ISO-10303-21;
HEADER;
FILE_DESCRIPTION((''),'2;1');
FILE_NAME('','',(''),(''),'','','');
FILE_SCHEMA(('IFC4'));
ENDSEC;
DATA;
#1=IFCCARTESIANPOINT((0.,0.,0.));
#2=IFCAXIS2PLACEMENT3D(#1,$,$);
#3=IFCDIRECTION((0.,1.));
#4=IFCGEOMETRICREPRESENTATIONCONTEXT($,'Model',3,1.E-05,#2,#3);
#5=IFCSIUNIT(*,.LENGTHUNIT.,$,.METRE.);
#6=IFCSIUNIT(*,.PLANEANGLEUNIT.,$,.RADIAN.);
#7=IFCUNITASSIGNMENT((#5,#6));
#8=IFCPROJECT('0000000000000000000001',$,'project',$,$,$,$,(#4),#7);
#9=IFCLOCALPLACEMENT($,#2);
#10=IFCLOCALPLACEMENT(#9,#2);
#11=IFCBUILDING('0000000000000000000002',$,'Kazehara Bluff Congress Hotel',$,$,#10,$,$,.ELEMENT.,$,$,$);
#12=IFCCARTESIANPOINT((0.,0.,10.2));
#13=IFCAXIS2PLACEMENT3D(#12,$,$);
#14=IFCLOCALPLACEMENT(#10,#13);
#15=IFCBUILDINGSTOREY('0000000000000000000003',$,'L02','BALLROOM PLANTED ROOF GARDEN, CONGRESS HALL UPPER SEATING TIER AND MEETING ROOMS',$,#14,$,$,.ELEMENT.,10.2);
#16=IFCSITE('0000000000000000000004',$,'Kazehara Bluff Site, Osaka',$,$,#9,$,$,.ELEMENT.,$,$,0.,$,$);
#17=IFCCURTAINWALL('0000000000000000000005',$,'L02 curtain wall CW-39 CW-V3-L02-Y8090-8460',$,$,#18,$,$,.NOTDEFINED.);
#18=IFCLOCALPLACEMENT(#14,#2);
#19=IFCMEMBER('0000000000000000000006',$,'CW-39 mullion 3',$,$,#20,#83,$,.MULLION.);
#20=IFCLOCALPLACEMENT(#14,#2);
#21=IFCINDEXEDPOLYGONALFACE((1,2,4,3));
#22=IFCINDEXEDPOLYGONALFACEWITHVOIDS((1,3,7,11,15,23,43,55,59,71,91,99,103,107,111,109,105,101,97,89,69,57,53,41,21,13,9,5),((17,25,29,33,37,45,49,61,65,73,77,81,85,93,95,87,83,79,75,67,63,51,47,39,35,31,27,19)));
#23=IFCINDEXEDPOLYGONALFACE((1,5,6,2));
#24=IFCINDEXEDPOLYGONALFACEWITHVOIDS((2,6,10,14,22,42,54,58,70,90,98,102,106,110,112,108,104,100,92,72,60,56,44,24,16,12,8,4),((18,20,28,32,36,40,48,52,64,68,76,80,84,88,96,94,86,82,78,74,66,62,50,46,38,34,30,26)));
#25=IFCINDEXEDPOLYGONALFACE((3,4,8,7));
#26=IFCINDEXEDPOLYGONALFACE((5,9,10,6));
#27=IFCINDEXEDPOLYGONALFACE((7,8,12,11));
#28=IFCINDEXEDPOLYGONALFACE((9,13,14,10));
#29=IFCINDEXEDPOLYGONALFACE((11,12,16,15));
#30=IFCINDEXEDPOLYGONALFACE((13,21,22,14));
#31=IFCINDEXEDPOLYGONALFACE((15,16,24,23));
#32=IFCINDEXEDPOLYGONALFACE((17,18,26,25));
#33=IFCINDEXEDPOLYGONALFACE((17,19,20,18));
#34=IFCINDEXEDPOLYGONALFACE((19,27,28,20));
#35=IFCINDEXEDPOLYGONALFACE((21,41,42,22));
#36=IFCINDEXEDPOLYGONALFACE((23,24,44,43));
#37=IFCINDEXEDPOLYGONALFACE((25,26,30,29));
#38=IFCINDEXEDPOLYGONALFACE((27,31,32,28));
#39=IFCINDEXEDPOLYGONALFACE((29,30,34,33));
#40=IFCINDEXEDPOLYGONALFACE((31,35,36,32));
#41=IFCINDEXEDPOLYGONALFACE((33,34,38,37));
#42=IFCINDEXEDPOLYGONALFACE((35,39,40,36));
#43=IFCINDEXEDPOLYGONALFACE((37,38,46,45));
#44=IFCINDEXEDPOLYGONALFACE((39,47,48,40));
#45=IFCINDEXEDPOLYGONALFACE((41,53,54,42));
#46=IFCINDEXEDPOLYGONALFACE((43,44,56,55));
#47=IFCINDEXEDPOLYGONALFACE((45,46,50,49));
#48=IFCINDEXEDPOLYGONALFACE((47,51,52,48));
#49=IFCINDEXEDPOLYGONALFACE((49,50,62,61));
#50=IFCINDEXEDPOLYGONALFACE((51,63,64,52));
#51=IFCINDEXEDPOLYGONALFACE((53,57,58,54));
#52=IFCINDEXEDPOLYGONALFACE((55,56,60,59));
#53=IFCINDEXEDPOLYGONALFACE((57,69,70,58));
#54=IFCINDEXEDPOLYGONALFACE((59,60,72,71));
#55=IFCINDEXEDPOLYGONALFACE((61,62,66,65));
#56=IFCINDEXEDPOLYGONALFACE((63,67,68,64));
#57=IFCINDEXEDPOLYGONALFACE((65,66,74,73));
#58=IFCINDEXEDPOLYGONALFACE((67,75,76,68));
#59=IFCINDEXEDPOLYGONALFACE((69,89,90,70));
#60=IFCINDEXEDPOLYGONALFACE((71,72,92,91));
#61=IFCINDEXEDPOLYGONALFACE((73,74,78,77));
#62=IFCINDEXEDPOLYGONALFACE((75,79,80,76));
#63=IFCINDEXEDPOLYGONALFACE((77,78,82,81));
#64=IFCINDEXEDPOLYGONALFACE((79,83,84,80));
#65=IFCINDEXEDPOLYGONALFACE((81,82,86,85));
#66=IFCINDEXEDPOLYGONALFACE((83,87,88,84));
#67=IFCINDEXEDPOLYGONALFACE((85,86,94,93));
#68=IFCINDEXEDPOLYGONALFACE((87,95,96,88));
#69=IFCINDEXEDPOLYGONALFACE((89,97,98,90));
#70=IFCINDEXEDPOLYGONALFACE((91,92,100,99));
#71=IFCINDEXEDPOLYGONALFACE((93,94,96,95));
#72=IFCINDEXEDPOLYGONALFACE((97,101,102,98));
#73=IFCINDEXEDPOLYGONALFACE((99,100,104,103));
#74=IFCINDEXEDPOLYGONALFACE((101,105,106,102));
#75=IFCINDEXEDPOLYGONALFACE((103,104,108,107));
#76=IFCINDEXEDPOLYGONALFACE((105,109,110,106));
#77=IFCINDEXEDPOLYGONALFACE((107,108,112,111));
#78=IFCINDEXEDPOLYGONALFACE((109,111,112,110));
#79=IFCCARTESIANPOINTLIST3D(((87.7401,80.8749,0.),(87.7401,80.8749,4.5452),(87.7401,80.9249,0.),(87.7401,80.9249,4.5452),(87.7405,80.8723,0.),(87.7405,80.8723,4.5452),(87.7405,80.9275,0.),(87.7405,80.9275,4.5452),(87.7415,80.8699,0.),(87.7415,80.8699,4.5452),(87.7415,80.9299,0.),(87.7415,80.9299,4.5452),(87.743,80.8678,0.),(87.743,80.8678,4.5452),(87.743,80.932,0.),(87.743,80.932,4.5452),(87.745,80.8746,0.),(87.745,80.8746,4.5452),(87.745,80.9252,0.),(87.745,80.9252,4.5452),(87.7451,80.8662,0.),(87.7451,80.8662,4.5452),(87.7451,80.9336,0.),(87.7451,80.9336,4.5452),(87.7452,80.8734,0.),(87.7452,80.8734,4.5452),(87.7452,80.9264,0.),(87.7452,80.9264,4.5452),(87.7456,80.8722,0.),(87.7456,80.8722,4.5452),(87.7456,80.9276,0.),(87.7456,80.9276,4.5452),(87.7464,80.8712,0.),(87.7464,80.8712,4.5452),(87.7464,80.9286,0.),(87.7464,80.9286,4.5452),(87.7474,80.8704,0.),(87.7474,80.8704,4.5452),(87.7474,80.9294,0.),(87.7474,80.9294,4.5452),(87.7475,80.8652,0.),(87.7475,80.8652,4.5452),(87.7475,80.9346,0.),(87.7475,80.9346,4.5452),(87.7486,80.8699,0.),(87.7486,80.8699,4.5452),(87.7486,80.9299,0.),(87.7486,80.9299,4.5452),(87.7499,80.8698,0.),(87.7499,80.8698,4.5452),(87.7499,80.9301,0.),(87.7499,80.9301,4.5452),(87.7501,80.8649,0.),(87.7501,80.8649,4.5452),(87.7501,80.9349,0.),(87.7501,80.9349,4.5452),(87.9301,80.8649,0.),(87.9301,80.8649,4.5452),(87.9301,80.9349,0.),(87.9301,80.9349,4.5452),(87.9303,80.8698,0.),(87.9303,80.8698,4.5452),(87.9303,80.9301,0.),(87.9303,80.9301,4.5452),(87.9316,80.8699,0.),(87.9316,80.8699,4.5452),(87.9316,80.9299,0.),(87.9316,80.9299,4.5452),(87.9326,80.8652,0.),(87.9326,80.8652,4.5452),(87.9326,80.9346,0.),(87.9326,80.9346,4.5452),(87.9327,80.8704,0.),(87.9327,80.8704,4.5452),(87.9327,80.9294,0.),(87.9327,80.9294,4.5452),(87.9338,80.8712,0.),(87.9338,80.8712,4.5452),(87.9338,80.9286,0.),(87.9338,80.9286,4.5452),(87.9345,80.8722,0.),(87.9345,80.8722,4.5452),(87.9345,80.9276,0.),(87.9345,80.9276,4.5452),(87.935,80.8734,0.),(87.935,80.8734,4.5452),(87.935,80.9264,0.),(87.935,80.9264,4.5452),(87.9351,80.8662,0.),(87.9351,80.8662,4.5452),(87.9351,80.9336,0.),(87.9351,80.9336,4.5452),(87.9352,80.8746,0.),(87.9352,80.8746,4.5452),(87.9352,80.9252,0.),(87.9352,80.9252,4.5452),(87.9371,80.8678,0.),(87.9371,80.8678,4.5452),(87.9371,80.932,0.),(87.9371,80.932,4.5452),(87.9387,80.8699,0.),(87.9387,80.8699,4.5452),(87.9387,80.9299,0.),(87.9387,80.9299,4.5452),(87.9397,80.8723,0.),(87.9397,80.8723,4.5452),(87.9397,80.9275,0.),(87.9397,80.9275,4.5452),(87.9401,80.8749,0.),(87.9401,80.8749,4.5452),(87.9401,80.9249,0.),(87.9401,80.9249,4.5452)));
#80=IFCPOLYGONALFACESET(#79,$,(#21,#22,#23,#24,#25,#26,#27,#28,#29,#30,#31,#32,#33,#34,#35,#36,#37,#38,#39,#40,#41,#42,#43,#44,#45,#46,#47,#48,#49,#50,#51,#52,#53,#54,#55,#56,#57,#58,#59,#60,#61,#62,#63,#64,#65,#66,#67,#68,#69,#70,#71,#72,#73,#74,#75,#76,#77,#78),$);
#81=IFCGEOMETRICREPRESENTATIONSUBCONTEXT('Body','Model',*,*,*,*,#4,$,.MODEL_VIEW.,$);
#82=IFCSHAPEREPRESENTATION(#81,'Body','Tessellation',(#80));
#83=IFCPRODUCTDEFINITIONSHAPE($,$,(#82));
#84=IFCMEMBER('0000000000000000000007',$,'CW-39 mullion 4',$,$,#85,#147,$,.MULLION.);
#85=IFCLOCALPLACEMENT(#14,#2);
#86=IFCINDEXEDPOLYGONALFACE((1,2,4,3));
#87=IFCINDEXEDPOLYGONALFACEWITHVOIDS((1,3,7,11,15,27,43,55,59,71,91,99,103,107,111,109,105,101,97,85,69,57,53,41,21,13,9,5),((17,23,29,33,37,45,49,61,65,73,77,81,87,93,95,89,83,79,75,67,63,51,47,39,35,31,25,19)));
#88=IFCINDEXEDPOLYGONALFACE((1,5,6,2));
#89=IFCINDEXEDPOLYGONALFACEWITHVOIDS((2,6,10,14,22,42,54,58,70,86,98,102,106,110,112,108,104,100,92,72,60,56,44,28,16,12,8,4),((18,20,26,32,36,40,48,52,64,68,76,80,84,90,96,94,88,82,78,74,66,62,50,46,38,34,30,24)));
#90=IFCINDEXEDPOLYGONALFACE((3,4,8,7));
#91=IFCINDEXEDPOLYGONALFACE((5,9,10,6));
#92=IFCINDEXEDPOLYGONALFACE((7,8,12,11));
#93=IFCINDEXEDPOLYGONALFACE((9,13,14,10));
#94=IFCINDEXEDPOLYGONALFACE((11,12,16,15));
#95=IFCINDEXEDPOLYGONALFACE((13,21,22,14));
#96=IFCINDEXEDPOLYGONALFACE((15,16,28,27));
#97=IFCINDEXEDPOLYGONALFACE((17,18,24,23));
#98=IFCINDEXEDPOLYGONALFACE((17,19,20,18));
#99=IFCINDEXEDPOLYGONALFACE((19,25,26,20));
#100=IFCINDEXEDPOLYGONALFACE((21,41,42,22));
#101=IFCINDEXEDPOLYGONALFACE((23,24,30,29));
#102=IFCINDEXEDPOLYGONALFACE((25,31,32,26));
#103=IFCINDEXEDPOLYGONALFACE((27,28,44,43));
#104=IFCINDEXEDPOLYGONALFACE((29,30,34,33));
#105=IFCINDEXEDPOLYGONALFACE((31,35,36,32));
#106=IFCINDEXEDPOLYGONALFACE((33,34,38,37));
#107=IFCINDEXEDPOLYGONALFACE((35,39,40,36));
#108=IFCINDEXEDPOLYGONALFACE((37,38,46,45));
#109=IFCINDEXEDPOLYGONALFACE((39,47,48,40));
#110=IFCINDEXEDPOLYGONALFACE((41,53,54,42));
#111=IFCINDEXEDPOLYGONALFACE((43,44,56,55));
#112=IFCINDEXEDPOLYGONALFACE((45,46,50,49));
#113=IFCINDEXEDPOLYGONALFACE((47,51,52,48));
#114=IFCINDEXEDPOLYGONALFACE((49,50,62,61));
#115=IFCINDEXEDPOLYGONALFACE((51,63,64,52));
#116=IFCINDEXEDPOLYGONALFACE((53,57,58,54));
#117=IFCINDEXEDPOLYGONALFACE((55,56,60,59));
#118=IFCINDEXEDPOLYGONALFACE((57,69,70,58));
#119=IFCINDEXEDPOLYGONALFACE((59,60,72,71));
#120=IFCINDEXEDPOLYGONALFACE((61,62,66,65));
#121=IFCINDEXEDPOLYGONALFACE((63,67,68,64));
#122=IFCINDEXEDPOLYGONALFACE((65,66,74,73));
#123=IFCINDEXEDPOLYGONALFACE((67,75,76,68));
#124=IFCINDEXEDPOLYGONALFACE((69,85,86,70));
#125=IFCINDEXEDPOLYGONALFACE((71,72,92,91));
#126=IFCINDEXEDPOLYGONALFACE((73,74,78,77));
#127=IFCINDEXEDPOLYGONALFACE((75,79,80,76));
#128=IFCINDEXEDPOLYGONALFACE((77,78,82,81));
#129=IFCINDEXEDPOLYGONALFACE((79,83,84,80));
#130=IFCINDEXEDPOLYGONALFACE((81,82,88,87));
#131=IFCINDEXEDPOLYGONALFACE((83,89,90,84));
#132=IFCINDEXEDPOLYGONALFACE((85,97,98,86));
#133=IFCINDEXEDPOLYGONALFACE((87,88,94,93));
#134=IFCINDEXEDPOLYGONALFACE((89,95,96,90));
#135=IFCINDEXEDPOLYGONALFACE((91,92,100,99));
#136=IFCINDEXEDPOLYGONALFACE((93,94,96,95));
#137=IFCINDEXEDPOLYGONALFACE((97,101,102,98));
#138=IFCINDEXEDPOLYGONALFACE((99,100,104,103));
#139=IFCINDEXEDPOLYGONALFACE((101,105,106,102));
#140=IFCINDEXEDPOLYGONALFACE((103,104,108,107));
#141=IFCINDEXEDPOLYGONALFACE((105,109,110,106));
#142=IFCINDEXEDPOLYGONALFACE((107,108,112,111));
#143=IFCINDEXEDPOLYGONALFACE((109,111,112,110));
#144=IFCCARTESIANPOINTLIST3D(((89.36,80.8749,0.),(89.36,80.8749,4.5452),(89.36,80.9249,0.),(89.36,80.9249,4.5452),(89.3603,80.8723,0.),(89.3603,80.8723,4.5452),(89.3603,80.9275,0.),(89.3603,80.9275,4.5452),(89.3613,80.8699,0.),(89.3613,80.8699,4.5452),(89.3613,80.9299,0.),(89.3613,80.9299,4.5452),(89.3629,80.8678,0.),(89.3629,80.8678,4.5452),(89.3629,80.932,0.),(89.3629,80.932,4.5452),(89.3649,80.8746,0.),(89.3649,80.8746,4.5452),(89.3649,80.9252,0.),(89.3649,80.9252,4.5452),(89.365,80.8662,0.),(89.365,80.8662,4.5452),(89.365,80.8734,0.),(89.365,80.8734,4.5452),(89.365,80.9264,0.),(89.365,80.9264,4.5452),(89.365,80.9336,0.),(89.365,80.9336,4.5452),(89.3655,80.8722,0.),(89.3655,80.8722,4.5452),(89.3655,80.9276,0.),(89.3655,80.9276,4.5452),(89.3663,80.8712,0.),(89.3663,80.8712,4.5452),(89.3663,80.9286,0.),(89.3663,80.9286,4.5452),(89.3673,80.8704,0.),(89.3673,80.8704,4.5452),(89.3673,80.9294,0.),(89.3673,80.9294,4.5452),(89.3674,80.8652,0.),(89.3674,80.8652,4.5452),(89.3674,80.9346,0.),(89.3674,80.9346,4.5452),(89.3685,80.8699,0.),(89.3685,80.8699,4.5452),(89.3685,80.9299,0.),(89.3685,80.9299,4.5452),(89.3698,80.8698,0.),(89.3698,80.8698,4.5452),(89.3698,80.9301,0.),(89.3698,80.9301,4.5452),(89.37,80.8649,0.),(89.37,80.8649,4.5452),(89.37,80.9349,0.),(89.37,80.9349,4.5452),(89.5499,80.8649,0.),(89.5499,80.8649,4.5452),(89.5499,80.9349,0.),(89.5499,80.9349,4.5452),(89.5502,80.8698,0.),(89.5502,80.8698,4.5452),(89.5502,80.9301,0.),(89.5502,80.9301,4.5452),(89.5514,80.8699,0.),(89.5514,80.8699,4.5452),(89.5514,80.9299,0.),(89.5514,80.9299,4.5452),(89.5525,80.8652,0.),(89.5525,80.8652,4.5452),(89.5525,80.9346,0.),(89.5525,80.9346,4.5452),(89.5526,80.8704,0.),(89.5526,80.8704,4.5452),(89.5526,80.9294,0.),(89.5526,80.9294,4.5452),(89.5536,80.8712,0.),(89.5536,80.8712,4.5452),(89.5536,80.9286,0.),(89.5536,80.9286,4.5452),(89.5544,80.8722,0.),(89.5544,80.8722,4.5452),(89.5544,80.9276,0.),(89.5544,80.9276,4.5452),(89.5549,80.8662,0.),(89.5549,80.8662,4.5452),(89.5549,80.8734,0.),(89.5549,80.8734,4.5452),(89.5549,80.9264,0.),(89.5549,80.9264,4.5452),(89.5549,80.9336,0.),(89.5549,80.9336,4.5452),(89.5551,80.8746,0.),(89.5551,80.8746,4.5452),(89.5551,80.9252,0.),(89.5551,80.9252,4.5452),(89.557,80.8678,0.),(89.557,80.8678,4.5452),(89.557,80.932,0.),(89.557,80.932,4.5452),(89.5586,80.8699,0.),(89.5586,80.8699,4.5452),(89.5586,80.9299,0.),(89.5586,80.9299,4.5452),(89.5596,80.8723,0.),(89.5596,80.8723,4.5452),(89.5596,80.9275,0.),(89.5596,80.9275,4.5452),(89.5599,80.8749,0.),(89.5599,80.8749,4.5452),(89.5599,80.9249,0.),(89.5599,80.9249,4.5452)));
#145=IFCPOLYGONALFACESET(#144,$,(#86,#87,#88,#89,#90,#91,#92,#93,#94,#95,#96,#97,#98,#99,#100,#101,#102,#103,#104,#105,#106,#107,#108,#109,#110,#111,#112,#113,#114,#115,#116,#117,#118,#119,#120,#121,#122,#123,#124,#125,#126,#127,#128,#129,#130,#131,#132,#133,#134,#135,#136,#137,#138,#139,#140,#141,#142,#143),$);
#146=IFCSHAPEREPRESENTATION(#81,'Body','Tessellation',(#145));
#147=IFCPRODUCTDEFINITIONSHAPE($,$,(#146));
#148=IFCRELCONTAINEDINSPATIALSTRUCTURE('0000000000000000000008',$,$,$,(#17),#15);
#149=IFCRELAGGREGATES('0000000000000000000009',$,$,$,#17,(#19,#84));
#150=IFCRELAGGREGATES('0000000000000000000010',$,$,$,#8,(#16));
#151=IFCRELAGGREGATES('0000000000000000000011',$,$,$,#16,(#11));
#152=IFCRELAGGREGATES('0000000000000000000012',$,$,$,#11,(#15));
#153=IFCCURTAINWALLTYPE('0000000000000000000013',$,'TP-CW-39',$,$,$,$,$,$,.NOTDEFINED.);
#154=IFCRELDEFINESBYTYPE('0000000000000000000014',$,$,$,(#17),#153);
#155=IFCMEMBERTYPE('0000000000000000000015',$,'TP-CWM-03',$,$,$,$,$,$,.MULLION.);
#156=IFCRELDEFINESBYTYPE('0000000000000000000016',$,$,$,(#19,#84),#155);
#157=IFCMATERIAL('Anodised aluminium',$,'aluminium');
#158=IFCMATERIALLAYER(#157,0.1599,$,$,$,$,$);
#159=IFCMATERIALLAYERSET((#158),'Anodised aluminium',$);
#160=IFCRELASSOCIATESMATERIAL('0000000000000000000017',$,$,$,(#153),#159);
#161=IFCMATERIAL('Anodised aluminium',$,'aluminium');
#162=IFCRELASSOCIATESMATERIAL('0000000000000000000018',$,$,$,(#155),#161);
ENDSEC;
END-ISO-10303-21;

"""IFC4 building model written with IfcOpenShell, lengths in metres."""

from ifc_helpers import new_model, si_unit, direction, frame, origin, origin_2d, place, context, subcontext, project, spatial, hollow_rectangle, extrude, material, layer, layer_set, material_profile, profile_set, type_object, element, aggregate, save


model = new_model("IFC4")

# Units and contexts
model_context = context("Model", 3, precision=1e-05, world=origin(), true_north=direction((0.0, 1.0)))
body_context = subcontext(model_context, "Body", "Model", "MODEL_VIEW")
ifc_project = project(units=[si_unit("LENGTHUNIT", "METRE"), si_unit("PLANEANGLEUNIT", "RADIAN")], contexts=[model_context])

# Site, building, storey
site_placement = place(None, origin())
site = spatial("IfcSite", under=ifc_project, at=site_placement, Name="Kazehara Bluff Site, Osaka", CompositionType="ELEMENT", RefElevation=0.0)
building_placement = place(site_placement, origin())
building = spatial("IfcBuilding", under=site, at=building_placement, Name="Kazehara Bluff Congress Hotel", CompositionType="ELEMENT")
storey_placement = place(building_placement, frame((0.0, 0.0, 10.2)))
storey = spatial("IfcBuildingStorey", under=building, at=storey_placement, Name="L02", Description="BALLROOM PLANTED ROOF GARDEN, CONGRESS HALL UPPER SEATING TIER AND MEETING ROOMS", CompositionType="ELEMENT", Elevation=10.2)

# Curtain wall, members
ifc_material_1 = material(Name="Anodised aluminium", Category="aluminium")
ifc_layer_1 = layer(ifc_material_1, 0.1599)
ifc_layer_set_1 = layer_set([ifc_layer_1], Name="Anodised aluminium")
curtain_wall_type = type_object("IfcCurtainWallType", Name="TP-CW-39", PredefinedType="NOTDEFINED", material=ifc_layer_set_1)
curtain_wall_placement = place(storey_placement, origin())
curtain_wall = element("IfcCurtainWall", 1, at=curtain_wall_placement, inside=storey, type_object=curtain_wall_type, Name="L02 curtain wall CW-39 CW-V3-L02-Y8090-8460", PredefinedType="NOTDEFINED")
ifc_material_2 = material(Name="Anodised aluminium", Category="aluminium")
ifc_material_profile_1 = material_profile(ifc_material_2, hollow_rectangle(XDim=0.0701, YDim=0.2, WallThickness=0.0049, InnerFilletRadius=0.0049, OuterFilletRadius=0.01, at=origin_2d()))
ifc_profile_set_1 = profile_set([ifc_material_profile_1], Name="Anodised aluminium")
member_type_1 = type_object("IfcMemberType", Name="TP-CWM-03", PredefinedType="MULLION", material=ifc_profile_set_1)
member_1_placement = place(storey_placement, frame((87.8401, 80.8999, 0.0), z_axis=(0.0, 0.0, 1.0), x_axis=(0.0, 1.0, 0.0)))
member_1 = element("IfcMember", 2, at=member_1_placement, type_object=member_type_1, Name="CW-39 mullion 3", PredefinedType="MULLION", context=body_context, shape_type="SweptSolid", body=[
    extrude(hollow_rectangle(XDim=0.0701, YDim=0.2, WallThickness=0.0049, InnerFilletRadius=0.0049, OuterFilletRadius=0.01, at=origin_2d()), origin(), (0.0, 0.0, 1.0), 4.5452),
])
member_2_placement = place(storey_placement, frame((89.46, 80.8999, 0.0), z_axis=(0.0, 0.0, 1.0), x_axis=(0.0, 1.0, 0.0)))
member_2 = element("IfcMember", 3, at=member_2_placement, type_object=member_type_1, Name="CW-39 mullion 4", PredefinedType="MULLION", context=body_context, shape_type="SweptSolid", body=[
    extrude(hollow_rectangle(XDim=0.0701, YDim=0.2, WallThickness=0.0049, InnerFilletRadius=0.0049, OuterFilletRadius=0.01, at=origin_2d()), origin(), (0.0, 0.0, 1.0), 4.5452),
])
aggregate(curtain_wall, [member_1, member_2])

save(model, "model.ifc")
